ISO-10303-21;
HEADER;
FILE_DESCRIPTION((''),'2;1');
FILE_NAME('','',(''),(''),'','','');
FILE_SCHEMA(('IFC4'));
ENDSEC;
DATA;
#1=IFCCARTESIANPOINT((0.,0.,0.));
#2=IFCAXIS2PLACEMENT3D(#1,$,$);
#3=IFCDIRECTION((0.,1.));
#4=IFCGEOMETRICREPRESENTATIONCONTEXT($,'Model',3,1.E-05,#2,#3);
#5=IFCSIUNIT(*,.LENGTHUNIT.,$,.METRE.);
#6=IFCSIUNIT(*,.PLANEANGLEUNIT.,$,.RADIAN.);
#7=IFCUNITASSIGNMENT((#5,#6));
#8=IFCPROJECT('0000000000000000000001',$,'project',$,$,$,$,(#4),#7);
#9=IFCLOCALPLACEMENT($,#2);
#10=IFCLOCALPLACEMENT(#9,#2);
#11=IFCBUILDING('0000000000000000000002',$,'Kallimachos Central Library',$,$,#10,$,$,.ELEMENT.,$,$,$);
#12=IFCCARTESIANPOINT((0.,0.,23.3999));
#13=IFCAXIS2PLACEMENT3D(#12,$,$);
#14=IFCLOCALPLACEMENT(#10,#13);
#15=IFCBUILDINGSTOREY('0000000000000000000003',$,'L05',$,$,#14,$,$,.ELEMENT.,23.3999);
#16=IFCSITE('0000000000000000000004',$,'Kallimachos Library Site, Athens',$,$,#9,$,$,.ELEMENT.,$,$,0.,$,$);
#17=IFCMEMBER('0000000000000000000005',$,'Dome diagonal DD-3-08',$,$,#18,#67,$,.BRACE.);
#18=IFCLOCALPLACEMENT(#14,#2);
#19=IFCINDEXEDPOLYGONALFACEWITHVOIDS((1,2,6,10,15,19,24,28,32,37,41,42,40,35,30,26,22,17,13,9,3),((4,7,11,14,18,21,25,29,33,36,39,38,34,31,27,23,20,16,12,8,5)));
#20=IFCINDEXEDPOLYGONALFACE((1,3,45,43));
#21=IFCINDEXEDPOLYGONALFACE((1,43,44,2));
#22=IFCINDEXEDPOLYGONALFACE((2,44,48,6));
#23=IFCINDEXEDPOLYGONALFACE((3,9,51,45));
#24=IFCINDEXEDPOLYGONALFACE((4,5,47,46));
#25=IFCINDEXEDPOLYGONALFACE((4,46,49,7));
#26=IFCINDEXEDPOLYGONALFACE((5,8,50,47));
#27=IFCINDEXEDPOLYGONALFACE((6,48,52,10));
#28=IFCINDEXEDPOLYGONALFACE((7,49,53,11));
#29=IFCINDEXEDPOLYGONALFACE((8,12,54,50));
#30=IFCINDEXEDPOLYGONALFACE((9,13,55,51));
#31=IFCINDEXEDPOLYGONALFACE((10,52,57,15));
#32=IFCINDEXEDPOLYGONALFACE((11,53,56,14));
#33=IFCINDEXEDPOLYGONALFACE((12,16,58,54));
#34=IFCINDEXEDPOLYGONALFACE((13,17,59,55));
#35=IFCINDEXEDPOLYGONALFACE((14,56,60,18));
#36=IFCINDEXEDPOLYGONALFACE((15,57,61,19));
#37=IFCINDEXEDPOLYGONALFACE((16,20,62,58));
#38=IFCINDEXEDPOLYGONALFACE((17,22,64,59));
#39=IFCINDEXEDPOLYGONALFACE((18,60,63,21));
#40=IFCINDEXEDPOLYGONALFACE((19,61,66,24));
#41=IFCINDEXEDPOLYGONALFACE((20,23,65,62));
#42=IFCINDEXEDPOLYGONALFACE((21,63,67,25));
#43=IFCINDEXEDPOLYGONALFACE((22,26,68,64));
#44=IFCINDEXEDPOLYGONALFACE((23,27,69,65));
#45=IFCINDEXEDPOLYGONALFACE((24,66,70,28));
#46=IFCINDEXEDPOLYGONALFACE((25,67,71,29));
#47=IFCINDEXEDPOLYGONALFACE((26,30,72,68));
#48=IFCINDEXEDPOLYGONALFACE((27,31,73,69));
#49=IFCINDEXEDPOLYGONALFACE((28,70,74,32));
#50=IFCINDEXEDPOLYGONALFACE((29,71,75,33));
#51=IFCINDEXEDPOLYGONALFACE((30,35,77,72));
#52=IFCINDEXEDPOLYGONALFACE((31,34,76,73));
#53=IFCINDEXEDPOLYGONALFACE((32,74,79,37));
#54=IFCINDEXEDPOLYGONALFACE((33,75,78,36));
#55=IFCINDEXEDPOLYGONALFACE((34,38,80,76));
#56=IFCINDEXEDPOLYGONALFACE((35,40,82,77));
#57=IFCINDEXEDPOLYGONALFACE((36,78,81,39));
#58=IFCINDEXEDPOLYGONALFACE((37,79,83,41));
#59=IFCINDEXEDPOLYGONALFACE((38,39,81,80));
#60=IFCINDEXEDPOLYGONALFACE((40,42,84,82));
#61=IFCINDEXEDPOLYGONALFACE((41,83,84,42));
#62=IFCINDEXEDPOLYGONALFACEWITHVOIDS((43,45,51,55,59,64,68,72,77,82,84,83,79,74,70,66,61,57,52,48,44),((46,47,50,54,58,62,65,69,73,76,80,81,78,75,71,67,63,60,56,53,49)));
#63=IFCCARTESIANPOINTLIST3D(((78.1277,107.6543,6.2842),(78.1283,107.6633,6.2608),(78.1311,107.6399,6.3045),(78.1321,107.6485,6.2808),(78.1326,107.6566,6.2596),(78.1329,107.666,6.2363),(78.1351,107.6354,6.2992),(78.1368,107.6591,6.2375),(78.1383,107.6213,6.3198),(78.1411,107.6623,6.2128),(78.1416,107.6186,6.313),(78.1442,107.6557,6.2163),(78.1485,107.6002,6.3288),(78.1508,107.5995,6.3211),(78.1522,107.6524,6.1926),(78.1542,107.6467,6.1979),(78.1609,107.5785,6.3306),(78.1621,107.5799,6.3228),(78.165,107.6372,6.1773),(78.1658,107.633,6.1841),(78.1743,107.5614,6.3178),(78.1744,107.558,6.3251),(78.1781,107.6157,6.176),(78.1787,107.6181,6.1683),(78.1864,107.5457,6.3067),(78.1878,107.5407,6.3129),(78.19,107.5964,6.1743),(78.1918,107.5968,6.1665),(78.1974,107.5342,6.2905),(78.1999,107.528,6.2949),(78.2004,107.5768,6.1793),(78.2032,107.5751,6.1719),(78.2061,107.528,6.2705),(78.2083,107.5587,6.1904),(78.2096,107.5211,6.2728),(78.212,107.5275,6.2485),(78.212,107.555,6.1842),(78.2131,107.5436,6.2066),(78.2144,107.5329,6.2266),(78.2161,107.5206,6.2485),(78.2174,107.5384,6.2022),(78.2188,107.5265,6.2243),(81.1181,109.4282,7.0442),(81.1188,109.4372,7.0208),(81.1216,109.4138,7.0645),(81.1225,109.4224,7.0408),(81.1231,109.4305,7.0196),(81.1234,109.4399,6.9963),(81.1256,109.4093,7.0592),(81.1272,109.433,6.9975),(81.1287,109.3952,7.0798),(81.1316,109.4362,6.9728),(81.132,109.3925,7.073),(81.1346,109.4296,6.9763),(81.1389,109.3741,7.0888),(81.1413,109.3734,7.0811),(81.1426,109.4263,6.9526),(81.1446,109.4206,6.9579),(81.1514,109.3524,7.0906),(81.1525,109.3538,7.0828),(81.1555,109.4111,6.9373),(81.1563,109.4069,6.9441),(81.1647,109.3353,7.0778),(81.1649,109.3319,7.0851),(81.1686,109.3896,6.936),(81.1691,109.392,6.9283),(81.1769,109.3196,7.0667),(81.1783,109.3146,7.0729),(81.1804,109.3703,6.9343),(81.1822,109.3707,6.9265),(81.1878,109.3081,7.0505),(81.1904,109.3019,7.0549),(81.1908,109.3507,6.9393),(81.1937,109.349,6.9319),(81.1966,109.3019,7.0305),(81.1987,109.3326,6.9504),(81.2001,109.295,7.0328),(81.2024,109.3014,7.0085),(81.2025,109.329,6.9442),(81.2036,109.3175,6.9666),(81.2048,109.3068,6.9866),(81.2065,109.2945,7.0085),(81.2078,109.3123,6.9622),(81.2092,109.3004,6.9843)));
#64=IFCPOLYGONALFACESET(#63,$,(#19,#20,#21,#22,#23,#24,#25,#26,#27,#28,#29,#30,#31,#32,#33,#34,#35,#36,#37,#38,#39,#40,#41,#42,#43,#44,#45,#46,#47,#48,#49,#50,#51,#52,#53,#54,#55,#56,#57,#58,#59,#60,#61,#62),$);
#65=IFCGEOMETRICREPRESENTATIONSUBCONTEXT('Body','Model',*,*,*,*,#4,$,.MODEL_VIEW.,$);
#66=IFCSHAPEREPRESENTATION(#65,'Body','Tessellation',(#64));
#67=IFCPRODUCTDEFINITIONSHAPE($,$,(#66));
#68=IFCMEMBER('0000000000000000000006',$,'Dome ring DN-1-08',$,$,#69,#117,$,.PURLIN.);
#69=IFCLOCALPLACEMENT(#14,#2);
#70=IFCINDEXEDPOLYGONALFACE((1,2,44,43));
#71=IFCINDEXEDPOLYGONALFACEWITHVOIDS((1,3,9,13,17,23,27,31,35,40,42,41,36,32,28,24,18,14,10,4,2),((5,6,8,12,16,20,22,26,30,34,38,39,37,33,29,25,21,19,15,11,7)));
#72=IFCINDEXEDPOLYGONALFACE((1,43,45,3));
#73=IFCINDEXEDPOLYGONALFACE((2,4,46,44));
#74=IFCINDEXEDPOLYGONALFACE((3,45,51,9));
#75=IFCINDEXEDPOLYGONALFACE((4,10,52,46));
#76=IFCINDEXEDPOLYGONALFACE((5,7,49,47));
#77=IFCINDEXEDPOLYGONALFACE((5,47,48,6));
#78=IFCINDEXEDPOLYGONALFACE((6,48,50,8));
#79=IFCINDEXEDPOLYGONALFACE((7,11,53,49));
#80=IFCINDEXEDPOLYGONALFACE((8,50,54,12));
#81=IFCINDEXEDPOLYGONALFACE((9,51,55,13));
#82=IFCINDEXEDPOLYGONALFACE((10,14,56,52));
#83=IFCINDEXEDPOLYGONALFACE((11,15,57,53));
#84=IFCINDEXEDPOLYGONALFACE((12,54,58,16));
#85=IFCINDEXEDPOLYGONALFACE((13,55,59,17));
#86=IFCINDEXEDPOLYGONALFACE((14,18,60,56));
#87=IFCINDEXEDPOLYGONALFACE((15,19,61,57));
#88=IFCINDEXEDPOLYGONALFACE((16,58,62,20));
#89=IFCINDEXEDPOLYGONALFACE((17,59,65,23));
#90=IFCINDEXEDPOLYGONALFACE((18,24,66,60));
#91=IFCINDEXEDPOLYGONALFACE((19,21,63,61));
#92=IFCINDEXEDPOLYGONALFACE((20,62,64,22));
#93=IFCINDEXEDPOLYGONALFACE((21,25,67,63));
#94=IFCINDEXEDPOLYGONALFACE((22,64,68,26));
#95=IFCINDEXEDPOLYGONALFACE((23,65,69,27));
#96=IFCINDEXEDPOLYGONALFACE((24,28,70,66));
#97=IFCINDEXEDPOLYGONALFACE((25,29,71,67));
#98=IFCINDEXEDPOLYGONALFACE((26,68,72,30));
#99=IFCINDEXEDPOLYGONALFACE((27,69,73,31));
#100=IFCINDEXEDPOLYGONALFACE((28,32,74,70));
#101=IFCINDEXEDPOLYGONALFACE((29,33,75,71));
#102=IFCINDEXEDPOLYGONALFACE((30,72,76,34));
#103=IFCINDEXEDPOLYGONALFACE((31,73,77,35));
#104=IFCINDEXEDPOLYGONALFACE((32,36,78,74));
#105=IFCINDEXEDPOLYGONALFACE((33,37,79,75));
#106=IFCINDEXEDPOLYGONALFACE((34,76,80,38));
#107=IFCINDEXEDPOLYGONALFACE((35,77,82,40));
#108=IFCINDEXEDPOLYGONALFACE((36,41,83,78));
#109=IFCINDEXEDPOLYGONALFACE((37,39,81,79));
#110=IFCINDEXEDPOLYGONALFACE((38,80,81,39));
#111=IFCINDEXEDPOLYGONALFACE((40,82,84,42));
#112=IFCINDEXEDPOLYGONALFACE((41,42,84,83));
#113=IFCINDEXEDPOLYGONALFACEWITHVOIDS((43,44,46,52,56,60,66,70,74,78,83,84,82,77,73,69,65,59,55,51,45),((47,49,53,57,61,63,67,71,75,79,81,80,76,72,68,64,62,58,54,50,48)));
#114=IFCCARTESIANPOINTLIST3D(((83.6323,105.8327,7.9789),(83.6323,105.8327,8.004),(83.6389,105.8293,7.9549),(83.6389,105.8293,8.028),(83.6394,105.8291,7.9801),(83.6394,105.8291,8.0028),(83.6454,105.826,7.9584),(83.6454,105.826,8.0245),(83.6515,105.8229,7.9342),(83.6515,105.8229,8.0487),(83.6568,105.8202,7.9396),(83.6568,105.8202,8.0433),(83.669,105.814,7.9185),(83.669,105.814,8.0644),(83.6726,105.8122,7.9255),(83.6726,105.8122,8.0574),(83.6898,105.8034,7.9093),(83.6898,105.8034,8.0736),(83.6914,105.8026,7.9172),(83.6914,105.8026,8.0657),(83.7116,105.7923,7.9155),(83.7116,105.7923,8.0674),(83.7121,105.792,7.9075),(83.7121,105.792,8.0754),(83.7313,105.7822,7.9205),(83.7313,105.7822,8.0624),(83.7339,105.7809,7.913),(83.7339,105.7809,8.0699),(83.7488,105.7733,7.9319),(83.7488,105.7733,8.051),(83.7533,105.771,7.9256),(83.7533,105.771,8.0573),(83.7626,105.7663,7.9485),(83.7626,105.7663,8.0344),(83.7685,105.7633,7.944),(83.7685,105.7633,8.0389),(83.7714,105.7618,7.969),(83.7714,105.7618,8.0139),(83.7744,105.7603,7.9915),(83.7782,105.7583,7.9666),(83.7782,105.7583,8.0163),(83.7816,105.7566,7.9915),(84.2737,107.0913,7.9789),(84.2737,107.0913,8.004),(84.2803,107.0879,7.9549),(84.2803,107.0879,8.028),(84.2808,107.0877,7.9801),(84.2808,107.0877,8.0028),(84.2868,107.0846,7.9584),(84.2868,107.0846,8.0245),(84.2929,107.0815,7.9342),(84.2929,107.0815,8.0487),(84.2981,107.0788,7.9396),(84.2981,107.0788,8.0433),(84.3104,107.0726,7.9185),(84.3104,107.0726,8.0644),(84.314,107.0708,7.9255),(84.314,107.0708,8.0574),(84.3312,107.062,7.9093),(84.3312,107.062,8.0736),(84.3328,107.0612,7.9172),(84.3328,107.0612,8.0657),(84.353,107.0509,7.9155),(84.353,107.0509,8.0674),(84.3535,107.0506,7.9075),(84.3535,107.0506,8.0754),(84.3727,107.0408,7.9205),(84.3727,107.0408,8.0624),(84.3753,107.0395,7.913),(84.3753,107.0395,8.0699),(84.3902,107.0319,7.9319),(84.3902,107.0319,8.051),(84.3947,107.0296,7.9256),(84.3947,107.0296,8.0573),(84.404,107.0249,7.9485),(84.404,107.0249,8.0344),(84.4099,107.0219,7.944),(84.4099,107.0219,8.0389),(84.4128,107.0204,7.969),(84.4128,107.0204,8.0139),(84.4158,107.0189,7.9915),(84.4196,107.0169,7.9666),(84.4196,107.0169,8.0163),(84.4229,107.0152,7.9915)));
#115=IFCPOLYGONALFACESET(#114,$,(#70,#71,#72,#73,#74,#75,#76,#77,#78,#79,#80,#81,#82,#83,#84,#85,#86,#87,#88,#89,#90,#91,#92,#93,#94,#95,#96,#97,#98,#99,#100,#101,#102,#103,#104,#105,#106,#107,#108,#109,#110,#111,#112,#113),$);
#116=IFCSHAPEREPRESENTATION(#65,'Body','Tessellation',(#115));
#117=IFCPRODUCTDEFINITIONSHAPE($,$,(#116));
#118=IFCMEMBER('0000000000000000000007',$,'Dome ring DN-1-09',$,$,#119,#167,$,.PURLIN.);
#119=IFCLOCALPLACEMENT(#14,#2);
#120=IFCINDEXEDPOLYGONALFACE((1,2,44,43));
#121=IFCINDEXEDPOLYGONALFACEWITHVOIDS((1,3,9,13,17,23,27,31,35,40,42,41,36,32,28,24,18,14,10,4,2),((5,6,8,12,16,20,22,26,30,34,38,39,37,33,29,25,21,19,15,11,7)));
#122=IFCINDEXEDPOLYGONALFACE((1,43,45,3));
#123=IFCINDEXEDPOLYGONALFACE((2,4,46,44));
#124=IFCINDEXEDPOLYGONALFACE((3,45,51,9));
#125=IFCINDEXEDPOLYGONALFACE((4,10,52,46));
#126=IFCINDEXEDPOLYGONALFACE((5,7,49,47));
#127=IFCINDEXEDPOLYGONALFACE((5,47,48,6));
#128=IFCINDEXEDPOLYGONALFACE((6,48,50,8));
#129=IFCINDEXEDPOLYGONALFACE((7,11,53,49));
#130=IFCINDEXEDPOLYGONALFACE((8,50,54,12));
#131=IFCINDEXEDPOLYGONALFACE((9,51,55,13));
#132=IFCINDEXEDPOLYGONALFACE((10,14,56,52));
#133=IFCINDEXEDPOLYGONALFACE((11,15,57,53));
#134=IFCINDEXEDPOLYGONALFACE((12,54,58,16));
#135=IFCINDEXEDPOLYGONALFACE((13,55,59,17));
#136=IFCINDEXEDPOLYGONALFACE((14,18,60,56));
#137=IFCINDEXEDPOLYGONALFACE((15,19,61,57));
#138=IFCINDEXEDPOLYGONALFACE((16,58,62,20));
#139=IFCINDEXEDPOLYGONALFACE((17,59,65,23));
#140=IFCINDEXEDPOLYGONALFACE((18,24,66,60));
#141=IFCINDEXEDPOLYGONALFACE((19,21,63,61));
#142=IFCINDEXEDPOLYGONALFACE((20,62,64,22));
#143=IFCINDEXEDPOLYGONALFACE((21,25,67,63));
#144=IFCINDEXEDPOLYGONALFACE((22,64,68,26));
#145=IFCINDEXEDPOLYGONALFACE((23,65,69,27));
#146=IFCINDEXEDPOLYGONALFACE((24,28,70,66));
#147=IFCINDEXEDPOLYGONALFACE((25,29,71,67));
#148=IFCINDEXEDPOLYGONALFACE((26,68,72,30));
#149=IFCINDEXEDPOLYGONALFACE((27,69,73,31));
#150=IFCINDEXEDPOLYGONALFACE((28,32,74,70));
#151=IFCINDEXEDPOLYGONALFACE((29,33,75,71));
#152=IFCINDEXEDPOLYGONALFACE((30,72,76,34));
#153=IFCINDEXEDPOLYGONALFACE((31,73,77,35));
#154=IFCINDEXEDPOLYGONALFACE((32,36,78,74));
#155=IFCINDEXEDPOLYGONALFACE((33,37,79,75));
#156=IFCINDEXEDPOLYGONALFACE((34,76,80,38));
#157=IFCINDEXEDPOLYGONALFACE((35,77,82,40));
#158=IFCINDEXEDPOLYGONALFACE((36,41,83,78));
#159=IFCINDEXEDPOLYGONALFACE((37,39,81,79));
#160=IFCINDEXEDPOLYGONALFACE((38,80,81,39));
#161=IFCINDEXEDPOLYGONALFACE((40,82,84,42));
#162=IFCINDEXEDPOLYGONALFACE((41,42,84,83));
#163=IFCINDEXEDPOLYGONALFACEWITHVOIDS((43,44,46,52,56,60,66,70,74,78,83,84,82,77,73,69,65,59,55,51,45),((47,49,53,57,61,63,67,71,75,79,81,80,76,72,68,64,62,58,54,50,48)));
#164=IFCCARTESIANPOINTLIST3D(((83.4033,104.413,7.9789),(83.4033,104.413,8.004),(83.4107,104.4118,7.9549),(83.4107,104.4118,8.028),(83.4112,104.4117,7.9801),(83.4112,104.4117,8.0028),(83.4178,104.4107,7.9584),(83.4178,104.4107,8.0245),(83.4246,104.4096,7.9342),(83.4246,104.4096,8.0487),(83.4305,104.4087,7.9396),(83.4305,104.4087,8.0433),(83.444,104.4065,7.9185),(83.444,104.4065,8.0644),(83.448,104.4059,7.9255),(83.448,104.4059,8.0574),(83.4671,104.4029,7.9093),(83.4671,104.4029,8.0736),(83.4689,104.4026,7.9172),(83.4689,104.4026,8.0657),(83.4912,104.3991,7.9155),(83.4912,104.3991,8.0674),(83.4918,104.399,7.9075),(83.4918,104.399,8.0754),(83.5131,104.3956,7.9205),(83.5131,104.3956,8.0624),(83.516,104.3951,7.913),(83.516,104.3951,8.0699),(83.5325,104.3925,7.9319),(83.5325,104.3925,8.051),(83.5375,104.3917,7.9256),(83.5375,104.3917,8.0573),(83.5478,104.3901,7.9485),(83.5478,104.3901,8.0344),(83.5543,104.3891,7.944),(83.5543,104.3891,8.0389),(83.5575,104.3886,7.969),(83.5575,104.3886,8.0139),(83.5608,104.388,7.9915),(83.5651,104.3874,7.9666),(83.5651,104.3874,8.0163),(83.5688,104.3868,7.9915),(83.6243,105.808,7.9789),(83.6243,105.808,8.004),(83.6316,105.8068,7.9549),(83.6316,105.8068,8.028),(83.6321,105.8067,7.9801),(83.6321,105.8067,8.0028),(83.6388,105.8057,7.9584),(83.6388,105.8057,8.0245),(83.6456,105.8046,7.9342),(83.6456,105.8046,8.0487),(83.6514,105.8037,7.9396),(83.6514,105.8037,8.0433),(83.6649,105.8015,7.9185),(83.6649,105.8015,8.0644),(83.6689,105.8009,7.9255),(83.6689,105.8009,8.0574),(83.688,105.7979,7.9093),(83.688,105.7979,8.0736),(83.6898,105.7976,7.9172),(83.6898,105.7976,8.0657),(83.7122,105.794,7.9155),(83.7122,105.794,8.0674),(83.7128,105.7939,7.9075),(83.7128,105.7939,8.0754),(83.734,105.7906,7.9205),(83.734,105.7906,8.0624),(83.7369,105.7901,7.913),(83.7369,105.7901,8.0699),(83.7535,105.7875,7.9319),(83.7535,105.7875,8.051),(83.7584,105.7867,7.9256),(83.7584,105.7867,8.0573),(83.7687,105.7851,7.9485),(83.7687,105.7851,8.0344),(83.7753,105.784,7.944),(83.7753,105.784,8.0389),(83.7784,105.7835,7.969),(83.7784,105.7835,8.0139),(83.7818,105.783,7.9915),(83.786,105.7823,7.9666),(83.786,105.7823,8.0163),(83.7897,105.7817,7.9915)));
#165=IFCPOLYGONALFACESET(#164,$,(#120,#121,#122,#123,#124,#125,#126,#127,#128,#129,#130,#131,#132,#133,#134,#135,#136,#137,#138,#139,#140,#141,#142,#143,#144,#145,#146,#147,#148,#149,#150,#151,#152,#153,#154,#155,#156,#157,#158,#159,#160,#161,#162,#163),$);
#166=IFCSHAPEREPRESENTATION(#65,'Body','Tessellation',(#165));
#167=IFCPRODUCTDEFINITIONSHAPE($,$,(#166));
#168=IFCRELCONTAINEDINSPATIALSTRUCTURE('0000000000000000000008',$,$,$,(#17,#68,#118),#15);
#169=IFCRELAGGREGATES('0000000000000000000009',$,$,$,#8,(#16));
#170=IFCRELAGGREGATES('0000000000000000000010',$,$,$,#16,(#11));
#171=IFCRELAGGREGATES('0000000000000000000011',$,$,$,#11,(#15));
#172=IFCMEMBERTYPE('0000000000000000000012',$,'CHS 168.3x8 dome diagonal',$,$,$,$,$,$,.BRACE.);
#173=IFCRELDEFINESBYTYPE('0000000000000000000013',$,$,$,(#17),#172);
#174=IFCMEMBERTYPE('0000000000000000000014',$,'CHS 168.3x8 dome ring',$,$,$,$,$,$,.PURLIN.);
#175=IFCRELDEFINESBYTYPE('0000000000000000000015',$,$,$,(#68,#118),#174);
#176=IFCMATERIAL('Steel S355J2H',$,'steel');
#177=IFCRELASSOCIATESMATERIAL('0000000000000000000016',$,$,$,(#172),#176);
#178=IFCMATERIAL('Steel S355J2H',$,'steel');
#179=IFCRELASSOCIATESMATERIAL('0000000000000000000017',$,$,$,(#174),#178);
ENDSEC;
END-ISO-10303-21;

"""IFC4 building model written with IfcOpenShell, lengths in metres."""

from ifc_helpers import new_model, si_unit, direction, frame, origin, origin_2d, place, context, subcontext, project, spatial, hollow_circle, extrude, material, material_profile, profile_set, type_object, element, save


model = new_model("IFC4")

# Units and contexts
model_context = context("Model", 3, precision=1e-05, world=origin(), true_north=direction((0.0, 1.0)))
body_context = subcontext(model_context, "Body", "Model", "MODEL_VIEW")
ifc_project = project(units=[si_unit("LENGTHUNIT", "METRE"), si_unit("PLANEANGLEUNIT", "RADIAN")], contexts=[model_context])

# Site, building, storey
site_placement = place(None, origin())
site = spatial("IfcSite", under=ifc_project, at=site_placement, Name="Kallimachos Library Site, Athens", CompositionType="ELEMENT", RefElevation=0.0)
building_placement = place(site_placement, origin())
building = spatial("IfcBuilding", under=site, at=building_placement, Name="Kallimachos Central Library", CompositionType="ELEMENT")
storey_placement = place(building_placement, frame((0.0, 0.0, 23.3999)))
storey = spatial("IfcBuildingStorey", under=building, at=storey_placement, Name="L05", CompositionType="ELEMENT", Elevation=23.3999)

# Members
ifc_material_1 = material(Name="Steel S355J2H", Category="steel")
ifc_material_profile_1 = material_profile(ifc_material_1, hollow_circle(Radius=0.0842, WallThickness=0.0081, at=origin_2d()), Name="CHS 168.3x8")
ifc_profile_set_1 = profile_set([ifc_material_profile_1], Name="Steel S355J2H")
member_type_1 = type_object("IfcMemberType", Name="CHS 168.3x8 dome diagonal", PredefinedType="BRACE", material=ifc_profile_set_1)
member_1_placement = place(storey_placement, frame((81.1636, 109.3669, 7.0085), z_axis=(-0.840228, -0.498416, -0.213538), x_axis=(0.510183, -0.860066, 0.0)))
element("IfcMember", 1, at=member_1_placement, inside=storey, type_object=member_type_1, Name="Dome diagonal DD-3-08", PredefinedType="BRACE", context=body_context, shape_type="SweptSolid", body=[
    extrude(hollow_circle(Radius=0.0842, WallThickness=0.0081, at=origin_2d()), origin(), (0.0, 0.0, 1.0), 3.5591),
])
ifc_material_2 = material(Name="Steel S355J2H", Category="steel")
ifc_material_profile_2 = material_profile(ifc_material_2, hollow_circle(Radius=0.0842, WallThickness=0.0081, at=origin_2d()), Name="CHS 168.3x8")
ifc_profile_set_2 = profile_set([ifc_material_profile_2], Name="Steel S355J2H")
member_type_2 = type_object("IfcMemberType", Name="CHS 168.3x8 dome ring", PredefinedType="PURLIN", material=ifc_profile_set_2)
member_2_placement = place(storey_placement, frame((84.3479, 107.0535, 7.9915), z_axis=(-0.454045, -0.890979, 0.0), x_axis=(0.890979, -0.454045, 0.0)))
element("IfcMember", 2, at=member_2_placement, inside=storey, type_object=member_type_2, Name="Dome ring DN-1-08", PredefinedType="PURLIN", context=body_context, shape_type="SweptSolid", body=[
    extrude(hollow_circle(Radius=0.0842, WallThickness=0.0081, at=origin_2d()), origin(), (0.0, 0.0, 1.0), 1.4126),
])
for number, where, z_axis, x_axis, name in (
    (3, (83.7065, 105.7949, 7.9915), (-0.156433, -0.987689, 0.0), (0.987689, -0.156433, 0.0), "Dome ring DN-1-09"),
):
    element("IfcMember", number, at=place(storey_placement, frame(where, z_axis=z_axis, x_axis=x_axis)), inside=storey, type_object=member_type_2, Name=name, PredefinedType="PURLIN", context=body_context, shape_type="SweptSolid", body=[
        extrude(hollow_circle(Radius=0.0842, WallThickness=0.0081, at=origin_2d()), origin(), (0.0, 0.0, 1.0), 1.4124),
    ])

save(model, "model.ifc")
